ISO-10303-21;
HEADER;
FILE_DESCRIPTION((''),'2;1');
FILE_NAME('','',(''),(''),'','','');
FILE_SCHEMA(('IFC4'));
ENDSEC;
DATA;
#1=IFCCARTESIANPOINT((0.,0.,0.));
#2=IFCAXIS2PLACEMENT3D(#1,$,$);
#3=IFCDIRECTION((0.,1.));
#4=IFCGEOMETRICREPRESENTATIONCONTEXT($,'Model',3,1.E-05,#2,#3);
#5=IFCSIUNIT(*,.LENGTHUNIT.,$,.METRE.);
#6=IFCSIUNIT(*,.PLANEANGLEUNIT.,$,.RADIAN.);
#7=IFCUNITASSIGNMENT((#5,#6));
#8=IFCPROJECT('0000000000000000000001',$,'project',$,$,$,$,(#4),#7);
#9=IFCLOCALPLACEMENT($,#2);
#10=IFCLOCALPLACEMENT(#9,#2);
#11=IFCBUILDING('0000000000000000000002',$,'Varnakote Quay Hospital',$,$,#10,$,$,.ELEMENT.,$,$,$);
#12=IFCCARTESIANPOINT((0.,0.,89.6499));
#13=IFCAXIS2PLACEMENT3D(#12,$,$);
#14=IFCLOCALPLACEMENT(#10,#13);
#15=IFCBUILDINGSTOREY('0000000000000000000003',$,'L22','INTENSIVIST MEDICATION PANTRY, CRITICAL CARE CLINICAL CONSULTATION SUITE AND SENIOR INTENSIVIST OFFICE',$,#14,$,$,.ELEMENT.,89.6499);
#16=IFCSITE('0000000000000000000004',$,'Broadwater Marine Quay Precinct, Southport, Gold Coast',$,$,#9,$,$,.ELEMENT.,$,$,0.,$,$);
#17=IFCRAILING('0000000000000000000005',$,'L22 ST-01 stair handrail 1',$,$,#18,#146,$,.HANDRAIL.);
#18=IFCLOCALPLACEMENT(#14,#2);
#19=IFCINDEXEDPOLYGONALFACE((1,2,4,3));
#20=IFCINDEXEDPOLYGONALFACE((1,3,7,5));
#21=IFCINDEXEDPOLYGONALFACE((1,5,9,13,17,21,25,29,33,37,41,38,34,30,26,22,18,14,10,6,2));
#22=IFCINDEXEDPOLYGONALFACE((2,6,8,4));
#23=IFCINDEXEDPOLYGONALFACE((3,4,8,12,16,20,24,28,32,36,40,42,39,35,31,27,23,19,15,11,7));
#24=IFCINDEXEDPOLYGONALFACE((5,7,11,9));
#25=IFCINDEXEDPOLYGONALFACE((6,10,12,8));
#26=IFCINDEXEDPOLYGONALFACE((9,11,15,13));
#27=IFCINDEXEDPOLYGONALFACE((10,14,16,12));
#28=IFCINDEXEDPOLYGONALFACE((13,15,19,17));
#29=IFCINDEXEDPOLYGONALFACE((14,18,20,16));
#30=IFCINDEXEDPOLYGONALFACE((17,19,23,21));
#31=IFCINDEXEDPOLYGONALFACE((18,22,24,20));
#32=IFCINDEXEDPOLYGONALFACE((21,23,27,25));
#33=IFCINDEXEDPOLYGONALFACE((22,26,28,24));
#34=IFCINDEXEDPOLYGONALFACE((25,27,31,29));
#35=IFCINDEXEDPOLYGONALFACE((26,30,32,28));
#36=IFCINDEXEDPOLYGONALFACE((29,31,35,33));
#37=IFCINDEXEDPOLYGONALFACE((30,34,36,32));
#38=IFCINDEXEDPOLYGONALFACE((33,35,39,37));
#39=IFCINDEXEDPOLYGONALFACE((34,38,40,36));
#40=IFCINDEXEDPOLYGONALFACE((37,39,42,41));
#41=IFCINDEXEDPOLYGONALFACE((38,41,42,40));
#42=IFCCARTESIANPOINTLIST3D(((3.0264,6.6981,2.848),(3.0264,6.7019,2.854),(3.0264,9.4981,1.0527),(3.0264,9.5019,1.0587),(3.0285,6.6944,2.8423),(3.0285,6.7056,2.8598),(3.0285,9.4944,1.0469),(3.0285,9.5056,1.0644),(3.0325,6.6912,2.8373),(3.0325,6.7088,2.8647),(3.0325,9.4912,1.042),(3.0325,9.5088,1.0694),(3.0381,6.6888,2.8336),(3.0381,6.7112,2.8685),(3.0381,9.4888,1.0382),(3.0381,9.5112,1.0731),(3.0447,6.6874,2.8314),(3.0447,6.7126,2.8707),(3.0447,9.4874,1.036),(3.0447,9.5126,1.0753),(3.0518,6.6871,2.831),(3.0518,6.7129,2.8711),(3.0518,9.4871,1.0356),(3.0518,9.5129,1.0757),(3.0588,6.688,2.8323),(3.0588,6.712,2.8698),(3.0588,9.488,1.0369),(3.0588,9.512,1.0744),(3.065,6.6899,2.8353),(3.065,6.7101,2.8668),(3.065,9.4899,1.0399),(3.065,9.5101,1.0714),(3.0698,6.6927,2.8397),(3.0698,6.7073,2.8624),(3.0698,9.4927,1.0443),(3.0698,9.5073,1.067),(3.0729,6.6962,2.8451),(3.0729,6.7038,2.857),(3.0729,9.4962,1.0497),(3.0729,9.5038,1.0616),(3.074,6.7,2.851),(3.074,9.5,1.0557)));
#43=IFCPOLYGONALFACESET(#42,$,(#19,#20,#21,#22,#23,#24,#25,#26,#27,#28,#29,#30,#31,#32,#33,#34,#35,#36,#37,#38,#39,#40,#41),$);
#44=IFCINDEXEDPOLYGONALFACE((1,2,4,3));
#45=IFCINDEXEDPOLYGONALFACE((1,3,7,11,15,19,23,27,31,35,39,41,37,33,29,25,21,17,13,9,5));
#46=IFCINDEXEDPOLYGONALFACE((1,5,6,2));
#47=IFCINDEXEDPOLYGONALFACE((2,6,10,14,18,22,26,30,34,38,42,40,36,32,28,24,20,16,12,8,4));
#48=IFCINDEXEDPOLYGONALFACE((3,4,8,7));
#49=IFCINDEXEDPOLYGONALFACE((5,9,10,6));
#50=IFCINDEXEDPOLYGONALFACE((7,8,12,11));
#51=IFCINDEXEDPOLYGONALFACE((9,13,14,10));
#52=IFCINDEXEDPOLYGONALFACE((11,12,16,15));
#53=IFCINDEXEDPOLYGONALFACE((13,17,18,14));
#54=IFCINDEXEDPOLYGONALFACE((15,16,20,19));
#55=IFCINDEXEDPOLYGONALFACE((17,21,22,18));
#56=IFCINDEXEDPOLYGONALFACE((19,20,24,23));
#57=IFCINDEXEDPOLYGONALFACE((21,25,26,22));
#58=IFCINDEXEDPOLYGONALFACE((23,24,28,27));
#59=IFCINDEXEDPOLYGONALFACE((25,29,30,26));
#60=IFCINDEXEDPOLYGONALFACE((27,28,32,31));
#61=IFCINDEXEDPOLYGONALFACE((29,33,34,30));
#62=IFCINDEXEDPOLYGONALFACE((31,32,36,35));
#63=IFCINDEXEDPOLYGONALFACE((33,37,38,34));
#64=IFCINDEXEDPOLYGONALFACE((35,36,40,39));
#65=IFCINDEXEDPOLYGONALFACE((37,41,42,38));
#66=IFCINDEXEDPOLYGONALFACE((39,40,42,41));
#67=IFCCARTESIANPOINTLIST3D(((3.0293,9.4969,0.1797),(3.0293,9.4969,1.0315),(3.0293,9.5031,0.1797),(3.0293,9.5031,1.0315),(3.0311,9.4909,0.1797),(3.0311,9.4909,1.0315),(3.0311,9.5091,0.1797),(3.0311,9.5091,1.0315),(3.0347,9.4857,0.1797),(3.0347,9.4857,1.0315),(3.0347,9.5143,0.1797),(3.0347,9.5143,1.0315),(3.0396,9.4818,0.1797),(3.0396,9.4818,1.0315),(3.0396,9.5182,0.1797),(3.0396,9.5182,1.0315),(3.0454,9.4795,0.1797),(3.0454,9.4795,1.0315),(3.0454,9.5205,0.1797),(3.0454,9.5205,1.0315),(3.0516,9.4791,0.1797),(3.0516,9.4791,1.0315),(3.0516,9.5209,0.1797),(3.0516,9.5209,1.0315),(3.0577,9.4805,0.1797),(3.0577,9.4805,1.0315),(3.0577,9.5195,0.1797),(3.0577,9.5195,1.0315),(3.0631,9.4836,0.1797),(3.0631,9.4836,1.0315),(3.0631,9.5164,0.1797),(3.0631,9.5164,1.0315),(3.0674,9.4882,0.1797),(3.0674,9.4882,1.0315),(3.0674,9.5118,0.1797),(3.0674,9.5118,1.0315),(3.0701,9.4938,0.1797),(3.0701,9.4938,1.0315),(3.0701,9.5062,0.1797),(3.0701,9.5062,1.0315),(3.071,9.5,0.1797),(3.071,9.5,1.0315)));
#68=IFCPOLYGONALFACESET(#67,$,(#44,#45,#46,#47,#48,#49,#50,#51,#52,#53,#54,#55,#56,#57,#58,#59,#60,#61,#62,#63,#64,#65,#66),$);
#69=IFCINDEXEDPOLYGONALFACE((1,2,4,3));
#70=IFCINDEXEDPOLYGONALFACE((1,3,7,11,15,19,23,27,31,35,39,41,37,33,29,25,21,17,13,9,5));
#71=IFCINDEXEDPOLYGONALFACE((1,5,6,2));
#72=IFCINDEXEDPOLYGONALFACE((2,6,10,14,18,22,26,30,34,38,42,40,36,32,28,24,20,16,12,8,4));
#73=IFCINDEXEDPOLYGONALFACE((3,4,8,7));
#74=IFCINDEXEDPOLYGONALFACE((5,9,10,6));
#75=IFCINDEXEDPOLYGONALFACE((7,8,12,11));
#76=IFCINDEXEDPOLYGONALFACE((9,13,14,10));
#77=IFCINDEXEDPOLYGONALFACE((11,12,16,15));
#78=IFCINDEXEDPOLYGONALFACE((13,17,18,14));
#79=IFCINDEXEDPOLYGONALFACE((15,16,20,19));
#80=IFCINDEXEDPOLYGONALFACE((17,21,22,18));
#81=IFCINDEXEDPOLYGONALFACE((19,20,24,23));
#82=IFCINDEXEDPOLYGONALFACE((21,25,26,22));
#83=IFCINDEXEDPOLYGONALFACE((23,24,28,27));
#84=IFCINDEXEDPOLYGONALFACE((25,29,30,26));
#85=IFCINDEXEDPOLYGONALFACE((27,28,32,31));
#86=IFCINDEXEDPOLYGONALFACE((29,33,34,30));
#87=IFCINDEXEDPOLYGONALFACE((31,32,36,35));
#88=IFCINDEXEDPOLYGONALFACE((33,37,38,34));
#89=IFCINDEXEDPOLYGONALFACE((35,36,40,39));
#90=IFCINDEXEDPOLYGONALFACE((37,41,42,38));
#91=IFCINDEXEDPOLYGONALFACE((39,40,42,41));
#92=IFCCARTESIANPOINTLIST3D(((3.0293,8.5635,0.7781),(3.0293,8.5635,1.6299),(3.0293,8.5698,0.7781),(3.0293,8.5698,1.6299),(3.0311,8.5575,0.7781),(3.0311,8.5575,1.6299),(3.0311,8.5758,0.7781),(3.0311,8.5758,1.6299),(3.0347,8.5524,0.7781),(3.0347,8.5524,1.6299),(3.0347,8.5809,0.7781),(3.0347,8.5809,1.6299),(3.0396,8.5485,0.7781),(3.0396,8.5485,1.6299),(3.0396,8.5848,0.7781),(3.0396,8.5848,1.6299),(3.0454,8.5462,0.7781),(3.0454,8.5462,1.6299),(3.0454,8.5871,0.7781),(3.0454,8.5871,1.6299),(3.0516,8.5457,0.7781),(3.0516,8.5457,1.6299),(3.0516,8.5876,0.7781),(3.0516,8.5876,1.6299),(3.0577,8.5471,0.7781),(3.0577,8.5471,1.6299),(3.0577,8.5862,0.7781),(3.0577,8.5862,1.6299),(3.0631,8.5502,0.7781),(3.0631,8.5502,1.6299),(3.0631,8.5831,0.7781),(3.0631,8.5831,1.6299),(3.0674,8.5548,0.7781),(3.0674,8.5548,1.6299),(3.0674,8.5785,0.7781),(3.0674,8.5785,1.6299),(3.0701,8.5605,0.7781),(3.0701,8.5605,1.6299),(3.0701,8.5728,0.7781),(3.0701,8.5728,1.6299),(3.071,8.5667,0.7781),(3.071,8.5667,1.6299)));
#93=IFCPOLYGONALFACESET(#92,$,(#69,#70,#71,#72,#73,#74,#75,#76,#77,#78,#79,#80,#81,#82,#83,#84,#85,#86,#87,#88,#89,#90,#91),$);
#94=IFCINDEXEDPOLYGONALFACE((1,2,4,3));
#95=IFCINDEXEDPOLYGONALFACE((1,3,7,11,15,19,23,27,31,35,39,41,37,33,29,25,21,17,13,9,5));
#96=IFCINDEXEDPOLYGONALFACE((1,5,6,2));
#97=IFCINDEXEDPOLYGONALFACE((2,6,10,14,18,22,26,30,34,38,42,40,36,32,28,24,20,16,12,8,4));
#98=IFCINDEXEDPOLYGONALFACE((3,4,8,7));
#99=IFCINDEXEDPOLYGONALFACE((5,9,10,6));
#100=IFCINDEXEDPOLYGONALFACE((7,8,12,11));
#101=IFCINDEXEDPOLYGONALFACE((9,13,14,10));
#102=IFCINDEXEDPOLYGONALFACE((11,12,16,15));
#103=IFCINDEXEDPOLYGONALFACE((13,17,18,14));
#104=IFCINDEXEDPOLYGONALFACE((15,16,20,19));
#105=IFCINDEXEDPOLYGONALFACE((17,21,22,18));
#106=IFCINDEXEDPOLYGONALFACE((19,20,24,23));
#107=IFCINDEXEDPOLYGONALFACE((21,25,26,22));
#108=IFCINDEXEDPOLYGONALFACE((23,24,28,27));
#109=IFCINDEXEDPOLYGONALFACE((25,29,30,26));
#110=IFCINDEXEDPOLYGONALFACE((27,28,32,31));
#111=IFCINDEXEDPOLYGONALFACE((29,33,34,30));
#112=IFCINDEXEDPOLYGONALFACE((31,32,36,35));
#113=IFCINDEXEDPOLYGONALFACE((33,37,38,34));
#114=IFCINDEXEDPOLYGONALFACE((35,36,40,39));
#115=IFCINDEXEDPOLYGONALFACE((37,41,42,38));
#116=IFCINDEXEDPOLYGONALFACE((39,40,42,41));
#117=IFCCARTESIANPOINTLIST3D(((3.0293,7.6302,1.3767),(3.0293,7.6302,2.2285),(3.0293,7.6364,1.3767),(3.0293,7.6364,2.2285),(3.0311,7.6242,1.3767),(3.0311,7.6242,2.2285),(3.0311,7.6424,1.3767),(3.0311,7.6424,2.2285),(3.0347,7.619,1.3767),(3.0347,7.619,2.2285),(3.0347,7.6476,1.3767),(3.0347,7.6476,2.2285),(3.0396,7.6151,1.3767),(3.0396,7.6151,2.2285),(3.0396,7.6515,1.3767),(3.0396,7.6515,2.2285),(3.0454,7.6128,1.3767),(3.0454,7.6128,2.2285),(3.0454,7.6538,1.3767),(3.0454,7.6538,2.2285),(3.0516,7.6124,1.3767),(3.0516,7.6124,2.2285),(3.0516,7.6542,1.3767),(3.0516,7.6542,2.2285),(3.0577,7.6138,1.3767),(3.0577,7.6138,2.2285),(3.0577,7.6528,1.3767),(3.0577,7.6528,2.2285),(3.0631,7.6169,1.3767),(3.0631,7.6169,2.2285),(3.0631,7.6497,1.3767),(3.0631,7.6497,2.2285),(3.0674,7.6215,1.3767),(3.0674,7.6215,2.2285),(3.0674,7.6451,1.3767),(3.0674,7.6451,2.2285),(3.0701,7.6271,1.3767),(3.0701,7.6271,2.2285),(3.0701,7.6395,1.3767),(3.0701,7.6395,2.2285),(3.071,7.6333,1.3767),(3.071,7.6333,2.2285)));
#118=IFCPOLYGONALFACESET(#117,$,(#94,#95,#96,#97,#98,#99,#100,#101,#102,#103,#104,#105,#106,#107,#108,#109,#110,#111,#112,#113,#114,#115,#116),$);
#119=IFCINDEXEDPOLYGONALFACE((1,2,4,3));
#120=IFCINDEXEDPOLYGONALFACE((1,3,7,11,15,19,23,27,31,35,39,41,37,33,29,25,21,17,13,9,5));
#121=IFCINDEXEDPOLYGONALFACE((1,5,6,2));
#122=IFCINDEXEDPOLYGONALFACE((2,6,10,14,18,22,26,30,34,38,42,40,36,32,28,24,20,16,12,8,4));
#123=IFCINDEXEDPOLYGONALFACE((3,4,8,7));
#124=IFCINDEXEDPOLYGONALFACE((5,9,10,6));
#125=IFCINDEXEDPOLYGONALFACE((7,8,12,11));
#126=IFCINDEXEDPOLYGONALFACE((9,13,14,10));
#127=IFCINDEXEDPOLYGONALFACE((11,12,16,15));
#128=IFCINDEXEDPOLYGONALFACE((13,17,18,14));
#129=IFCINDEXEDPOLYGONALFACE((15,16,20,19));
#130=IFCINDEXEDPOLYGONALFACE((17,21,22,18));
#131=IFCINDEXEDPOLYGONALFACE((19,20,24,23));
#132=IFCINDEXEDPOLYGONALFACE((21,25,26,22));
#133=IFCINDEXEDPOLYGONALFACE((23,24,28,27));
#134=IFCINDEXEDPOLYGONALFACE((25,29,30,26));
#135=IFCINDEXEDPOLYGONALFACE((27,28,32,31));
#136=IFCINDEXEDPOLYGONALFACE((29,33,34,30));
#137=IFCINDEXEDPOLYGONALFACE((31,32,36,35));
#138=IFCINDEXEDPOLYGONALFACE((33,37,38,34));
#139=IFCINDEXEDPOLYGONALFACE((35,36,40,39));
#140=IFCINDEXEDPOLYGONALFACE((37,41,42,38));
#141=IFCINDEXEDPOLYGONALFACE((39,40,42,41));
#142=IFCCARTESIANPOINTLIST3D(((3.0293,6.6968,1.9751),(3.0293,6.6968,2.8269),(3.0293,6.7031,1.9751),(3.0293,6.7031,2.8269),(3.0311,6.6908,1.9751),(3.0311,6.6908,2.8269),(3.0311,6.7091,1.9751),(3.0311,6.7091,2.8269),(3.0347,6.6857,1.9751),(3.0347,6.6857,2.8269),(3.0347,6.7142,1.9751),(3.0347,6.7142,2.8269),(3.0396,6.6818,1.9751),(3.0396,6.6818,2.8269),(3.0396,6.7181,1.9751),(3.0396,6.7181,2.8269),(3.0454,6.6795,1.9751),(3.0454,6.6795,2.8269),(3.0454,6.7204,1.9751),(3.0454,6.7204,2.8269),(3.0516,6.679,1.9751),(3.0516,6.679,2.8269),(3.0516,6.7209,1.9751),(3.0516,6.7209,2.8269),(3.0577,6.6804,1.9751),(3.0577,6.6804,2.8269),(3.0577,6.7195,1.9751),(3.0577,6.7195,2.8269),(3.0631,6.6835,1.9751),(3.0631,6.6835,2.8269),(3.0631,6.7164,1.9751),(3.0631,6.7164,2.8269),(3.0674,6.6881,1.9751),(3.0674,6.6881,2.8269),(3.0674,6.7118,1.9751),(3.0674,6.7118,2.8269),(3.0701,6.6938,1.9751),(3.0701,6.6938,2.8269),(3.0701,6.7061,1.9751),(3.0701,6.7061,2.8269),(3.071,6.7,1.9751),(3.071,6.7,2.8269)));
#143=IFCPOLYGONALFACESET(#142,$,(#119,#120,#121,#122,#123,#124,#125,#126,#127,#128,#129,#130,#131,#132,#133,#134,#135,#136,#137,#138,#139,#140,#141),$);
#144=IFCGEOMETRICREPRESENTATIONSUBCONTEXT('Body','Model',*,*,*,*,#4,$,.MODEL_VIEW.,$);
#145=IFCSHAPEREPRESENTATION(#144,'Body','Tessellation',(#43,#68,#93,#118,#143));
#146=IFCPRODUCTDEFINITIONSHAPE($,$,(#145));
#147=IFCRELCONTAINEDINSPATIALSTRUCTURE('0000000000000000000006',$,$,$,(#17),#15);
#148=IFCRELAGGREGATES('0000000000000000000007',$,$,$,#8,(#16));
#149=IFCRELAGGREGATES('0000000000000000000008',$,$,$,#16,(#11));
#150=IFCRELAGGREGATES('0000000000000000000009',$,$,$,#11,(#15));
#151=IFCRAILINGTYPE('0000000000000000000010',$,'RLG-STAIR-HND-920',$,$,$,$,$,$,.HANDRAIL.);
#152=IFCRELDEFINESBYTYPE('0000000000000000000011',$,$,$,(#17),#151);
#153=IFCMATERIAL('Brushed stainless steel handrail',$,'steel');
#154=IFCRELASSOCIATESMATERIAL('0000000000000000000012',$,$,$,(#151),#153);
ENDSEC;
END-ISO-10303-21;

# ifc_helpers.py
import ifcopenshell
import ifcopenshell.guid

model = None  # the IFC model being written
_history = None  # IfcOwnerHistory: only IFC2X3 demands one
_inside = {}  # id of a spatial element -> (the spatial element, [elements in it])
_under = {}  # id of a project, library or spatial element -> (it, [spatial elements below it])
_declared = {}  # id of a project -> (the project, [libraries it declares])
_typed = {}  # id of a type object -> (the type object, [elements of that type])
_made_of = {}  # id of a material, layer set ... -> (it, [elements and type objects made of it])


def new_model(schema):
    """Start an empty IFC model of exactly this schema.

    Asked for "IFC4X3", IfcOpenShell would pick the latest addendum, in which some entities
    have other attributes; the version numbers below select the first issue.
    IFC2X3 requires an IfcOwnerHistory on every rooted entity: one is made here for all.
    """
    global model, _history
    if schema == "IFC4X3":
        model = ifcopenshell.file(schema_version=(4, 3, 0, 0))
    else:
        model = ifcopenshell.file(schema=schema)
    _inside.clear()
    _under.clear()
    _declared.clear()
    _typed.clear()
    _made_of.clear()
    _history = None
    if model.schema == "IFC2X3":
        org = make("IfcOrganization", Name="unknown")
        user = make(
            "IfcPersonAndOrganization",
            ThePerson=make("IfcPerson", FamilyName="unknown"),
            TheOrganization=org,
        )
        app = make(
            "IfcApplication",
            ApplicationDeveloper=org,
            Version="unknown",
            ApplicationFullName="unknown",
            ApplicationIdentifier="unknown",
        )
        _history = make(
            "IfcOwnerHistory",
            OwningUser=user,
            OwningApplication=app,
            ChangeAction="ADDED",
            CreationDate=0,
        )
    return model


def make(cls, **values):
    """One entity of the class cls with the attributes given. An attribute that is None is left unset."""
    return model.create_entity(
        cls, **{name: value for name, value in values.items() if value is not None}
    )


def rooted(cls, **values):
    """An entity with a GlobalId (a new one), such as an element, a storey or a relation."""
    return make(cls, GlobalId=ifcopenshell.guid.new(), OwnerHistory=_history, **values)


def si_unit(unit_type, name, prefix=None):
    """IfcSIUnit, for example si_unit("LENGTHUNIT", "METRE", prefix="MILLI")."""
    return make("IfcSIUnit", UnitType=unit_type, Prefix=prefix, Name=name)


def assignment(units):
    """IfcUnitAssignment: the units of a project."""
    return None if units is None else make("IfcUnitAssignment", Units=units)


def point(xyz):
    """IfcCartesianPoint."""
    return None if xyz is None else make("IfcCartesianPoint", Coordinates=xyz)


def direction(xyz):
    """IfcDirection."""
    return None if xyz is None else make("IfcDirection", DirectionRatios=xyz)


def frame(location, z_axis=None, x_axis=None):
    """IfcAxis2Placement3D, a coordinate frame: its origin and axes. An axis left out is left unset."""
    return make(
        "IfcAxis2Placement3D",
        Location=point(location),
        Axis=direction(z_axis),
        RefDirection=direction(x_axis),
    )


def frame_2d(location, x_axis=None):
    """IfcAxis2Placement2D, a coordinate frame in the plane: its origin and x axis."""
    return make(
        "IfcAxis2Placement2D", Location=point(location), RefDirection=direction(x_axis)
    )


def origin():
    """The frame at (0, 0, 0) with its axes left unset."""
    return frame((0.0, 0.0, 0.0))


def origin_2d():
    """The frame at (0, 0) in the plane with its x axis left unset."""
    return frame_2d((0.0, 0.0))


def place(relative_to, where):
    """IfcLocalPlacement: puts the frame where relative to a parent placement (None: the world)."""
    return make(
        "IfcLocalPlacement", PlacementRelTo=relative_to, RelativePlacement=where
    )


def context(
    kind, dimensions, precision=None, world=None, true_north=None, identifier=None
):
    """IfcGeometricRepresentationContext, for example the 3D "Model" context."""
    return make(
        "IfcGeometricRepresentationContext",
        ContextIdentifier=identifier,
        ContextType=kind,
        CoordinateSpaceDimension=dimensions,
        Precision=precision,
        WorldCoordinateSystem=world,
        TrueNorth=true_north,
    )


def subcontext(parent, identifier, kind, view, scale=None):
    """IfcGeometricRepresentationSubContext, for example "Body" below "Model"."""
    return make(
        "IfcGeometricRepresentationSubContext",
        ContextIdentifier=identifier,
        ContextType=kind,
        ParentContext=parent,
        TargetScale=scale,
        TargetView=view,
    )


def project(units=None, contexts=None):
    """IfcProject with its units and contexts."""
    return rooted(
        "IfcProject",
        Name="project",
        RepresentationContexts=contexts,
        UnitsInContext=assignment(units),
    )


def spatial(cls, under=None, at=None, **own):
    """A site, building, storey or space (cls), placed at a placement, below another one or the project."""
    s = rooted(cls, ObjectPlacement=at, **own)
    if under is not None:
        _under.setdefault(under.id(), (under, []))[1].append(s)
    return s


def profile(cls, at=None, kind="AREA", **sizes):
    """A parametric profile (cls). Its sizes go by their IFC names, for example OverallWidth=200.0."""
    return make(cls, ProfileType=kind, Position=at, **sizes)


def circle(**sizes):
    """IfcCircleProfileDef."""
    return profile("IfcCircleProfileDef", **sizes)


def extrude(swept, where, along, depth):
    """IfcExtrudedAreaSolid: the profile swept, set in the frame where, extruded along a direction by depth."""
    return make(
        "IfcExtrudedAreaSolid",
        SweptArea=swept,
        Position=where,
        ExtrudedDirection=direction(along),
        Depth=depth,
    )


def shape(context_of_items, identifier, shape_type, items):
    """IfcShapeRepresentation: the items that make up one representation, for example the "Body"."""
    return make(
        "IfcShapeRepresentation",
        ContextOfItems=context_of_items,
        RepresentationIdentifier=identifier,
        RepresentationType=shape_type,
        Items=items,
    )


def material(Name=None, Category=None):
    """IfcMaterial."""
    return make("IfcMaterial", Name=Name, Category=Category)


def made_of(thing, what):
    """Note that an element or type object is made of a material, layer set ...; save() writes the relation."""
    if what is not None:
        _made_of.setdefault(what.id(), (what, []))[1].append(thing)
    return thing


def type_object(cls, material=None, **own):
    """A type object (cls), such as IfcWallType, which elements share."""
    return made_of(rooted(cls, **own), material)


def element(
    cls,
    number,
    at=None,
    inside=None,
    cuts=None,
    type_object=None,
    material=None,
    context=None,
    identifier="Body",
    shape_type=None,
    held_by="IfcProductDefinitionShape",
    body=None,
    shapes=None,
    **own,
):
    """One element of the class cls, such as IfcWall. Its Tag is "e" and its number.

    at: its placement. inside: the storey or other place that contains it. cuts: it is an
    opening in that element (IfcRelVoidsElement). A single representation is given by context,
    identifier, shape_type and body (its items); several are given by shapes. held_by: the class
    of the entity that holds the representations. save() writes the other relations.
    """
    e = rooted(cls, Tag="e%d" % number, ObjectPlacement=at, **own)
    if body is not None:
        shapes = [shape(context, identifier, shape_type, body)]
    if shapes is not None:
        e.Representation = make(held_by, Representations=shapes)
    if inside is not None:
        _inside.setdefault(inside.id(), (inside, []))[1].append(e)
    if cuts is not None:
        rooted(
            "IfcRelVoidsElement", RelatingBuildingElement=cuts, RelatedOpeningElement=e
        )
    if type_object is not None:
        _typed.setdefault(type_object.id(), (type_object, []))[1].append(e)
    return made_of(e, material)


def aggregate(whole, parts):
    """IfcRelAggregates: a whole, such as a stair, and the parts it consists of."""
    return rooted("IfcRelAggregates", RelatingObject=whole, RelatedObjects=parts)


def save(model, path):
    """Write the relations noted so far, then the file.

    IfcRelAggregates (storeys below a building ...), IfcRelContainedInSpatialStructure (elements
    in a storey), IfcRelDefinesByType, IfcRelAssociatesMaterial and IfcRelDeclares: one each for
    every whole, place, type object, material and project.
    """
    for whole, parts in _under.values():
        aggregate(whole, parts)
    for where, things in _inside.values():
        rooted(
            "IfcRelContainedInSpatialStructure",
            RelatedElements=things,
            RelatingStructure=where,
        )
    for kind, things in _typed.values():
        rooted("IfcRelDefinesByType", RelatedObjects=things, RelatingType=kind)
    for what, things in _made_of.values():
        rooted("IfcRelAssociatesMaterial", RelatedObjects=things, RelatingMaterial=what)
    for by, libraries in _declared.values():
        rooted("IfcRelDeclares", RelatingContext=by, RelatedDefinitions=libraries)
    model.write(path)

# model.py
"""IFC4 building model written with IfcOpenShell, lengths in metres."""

from ifc_helpers import new_model, si_unit, direction, frame, origin, origin_2d, place, context, subcontext, project, spatial, circle, extrude, material, type_object, element, save


model = new_model("IFC4")

# Units and contexts
model_context = context("Model", 3, precision=1e-05, world=origin(), true_north=direction((0.0, 1.0)))
body_context = subcontext(model_context, "Body", "Model", "MODEL_VIEW")
ifc_project = project(units=[si_unit("LENGTHUNIT", "METRE"), si_unit("PLANEANGLEUNIT", "RADIAN")], contexts=[model_context])

# Site, building, storey
site_placement = place(None, origin())
site = spatial("IfcSite", under=ifc_project, at=site_placement, Name="Broadwater Marine Quay Precinct, Southport, Gold Coast", CompositionType="ELEMENT", RefElevation=0.0)
building_placement = place(site_placement, origin())
building = spatial("IfcBuilding", under=site, at=building_placement, Name="Varnakote Quay Hospital", CompositionType="ELEMENT")
storey_placement = place(building_placement, frame((0.0, 0.0, 89.6499)))
storey = spatial("IfcBuildingStorey", under=building, at=storey_placement, Name="L22", Description="INTENSIVIST MEDICATION PANTRY, CRITICAL CARE CLINICAL CONSULTATION SUITE AND SENIOR INTENSIVIST OFFICE", CompositionType="ELEMENT", Elevation=89.6499)

# Railing
ifc_material_1 = material(Name="Brushed stainless steel handrail", Category="steel")
railing_type_1 = type_object("IfcRailingType", Name="RLG-STAIR-HND-920", PredefinedType="HANDRAIL", material=ifc_material_1)
railing_1_placement = place(storey_placement, frame((3.05, 9.5, 0.1797)))
element("IfcRailing", 1, at=railing_1_placement, inside=storey, type_object=railing_type_1, Name="L22 ST-01 stair handrail 1", PredefinedType="HANDRAIL", context=body_context, shape_type="SweptSolid", body=[
    extrude(circle(Radius=0.0239, at=origin_2d()), frame((0.0, 0.0, 0.876), z_axis=(0.0, -0.84181, 0.539774), x_axis=(1.0, 0.0, 0.0)), (0.0, 0.0, 1.0), 3.3262),
    extrude(circle(Radius=0.021, at=origin_2d()), origin(), (0.0, 0.0, 1.0), 0.8518),
    extrude(circle(Radius=0.021, at=origin_2d()), frame((0.0, -0.9333, 0.5984)), (0.0, 0.0, 1.0), 0.8518),
    extrude(circle(Radius=0.021, at=origin_2d()), frame((0.0, -1.8667, 1.197)), (0.0, 0.0, 1.0), 0.8518),
    extrude(circle(Radius=0.021, at=origin_2d()), frame((0.0, -2.8, 1.7954)), (0.0, 0.0, 1.0), 0.8518),
])

save(model, "model.ifc")
